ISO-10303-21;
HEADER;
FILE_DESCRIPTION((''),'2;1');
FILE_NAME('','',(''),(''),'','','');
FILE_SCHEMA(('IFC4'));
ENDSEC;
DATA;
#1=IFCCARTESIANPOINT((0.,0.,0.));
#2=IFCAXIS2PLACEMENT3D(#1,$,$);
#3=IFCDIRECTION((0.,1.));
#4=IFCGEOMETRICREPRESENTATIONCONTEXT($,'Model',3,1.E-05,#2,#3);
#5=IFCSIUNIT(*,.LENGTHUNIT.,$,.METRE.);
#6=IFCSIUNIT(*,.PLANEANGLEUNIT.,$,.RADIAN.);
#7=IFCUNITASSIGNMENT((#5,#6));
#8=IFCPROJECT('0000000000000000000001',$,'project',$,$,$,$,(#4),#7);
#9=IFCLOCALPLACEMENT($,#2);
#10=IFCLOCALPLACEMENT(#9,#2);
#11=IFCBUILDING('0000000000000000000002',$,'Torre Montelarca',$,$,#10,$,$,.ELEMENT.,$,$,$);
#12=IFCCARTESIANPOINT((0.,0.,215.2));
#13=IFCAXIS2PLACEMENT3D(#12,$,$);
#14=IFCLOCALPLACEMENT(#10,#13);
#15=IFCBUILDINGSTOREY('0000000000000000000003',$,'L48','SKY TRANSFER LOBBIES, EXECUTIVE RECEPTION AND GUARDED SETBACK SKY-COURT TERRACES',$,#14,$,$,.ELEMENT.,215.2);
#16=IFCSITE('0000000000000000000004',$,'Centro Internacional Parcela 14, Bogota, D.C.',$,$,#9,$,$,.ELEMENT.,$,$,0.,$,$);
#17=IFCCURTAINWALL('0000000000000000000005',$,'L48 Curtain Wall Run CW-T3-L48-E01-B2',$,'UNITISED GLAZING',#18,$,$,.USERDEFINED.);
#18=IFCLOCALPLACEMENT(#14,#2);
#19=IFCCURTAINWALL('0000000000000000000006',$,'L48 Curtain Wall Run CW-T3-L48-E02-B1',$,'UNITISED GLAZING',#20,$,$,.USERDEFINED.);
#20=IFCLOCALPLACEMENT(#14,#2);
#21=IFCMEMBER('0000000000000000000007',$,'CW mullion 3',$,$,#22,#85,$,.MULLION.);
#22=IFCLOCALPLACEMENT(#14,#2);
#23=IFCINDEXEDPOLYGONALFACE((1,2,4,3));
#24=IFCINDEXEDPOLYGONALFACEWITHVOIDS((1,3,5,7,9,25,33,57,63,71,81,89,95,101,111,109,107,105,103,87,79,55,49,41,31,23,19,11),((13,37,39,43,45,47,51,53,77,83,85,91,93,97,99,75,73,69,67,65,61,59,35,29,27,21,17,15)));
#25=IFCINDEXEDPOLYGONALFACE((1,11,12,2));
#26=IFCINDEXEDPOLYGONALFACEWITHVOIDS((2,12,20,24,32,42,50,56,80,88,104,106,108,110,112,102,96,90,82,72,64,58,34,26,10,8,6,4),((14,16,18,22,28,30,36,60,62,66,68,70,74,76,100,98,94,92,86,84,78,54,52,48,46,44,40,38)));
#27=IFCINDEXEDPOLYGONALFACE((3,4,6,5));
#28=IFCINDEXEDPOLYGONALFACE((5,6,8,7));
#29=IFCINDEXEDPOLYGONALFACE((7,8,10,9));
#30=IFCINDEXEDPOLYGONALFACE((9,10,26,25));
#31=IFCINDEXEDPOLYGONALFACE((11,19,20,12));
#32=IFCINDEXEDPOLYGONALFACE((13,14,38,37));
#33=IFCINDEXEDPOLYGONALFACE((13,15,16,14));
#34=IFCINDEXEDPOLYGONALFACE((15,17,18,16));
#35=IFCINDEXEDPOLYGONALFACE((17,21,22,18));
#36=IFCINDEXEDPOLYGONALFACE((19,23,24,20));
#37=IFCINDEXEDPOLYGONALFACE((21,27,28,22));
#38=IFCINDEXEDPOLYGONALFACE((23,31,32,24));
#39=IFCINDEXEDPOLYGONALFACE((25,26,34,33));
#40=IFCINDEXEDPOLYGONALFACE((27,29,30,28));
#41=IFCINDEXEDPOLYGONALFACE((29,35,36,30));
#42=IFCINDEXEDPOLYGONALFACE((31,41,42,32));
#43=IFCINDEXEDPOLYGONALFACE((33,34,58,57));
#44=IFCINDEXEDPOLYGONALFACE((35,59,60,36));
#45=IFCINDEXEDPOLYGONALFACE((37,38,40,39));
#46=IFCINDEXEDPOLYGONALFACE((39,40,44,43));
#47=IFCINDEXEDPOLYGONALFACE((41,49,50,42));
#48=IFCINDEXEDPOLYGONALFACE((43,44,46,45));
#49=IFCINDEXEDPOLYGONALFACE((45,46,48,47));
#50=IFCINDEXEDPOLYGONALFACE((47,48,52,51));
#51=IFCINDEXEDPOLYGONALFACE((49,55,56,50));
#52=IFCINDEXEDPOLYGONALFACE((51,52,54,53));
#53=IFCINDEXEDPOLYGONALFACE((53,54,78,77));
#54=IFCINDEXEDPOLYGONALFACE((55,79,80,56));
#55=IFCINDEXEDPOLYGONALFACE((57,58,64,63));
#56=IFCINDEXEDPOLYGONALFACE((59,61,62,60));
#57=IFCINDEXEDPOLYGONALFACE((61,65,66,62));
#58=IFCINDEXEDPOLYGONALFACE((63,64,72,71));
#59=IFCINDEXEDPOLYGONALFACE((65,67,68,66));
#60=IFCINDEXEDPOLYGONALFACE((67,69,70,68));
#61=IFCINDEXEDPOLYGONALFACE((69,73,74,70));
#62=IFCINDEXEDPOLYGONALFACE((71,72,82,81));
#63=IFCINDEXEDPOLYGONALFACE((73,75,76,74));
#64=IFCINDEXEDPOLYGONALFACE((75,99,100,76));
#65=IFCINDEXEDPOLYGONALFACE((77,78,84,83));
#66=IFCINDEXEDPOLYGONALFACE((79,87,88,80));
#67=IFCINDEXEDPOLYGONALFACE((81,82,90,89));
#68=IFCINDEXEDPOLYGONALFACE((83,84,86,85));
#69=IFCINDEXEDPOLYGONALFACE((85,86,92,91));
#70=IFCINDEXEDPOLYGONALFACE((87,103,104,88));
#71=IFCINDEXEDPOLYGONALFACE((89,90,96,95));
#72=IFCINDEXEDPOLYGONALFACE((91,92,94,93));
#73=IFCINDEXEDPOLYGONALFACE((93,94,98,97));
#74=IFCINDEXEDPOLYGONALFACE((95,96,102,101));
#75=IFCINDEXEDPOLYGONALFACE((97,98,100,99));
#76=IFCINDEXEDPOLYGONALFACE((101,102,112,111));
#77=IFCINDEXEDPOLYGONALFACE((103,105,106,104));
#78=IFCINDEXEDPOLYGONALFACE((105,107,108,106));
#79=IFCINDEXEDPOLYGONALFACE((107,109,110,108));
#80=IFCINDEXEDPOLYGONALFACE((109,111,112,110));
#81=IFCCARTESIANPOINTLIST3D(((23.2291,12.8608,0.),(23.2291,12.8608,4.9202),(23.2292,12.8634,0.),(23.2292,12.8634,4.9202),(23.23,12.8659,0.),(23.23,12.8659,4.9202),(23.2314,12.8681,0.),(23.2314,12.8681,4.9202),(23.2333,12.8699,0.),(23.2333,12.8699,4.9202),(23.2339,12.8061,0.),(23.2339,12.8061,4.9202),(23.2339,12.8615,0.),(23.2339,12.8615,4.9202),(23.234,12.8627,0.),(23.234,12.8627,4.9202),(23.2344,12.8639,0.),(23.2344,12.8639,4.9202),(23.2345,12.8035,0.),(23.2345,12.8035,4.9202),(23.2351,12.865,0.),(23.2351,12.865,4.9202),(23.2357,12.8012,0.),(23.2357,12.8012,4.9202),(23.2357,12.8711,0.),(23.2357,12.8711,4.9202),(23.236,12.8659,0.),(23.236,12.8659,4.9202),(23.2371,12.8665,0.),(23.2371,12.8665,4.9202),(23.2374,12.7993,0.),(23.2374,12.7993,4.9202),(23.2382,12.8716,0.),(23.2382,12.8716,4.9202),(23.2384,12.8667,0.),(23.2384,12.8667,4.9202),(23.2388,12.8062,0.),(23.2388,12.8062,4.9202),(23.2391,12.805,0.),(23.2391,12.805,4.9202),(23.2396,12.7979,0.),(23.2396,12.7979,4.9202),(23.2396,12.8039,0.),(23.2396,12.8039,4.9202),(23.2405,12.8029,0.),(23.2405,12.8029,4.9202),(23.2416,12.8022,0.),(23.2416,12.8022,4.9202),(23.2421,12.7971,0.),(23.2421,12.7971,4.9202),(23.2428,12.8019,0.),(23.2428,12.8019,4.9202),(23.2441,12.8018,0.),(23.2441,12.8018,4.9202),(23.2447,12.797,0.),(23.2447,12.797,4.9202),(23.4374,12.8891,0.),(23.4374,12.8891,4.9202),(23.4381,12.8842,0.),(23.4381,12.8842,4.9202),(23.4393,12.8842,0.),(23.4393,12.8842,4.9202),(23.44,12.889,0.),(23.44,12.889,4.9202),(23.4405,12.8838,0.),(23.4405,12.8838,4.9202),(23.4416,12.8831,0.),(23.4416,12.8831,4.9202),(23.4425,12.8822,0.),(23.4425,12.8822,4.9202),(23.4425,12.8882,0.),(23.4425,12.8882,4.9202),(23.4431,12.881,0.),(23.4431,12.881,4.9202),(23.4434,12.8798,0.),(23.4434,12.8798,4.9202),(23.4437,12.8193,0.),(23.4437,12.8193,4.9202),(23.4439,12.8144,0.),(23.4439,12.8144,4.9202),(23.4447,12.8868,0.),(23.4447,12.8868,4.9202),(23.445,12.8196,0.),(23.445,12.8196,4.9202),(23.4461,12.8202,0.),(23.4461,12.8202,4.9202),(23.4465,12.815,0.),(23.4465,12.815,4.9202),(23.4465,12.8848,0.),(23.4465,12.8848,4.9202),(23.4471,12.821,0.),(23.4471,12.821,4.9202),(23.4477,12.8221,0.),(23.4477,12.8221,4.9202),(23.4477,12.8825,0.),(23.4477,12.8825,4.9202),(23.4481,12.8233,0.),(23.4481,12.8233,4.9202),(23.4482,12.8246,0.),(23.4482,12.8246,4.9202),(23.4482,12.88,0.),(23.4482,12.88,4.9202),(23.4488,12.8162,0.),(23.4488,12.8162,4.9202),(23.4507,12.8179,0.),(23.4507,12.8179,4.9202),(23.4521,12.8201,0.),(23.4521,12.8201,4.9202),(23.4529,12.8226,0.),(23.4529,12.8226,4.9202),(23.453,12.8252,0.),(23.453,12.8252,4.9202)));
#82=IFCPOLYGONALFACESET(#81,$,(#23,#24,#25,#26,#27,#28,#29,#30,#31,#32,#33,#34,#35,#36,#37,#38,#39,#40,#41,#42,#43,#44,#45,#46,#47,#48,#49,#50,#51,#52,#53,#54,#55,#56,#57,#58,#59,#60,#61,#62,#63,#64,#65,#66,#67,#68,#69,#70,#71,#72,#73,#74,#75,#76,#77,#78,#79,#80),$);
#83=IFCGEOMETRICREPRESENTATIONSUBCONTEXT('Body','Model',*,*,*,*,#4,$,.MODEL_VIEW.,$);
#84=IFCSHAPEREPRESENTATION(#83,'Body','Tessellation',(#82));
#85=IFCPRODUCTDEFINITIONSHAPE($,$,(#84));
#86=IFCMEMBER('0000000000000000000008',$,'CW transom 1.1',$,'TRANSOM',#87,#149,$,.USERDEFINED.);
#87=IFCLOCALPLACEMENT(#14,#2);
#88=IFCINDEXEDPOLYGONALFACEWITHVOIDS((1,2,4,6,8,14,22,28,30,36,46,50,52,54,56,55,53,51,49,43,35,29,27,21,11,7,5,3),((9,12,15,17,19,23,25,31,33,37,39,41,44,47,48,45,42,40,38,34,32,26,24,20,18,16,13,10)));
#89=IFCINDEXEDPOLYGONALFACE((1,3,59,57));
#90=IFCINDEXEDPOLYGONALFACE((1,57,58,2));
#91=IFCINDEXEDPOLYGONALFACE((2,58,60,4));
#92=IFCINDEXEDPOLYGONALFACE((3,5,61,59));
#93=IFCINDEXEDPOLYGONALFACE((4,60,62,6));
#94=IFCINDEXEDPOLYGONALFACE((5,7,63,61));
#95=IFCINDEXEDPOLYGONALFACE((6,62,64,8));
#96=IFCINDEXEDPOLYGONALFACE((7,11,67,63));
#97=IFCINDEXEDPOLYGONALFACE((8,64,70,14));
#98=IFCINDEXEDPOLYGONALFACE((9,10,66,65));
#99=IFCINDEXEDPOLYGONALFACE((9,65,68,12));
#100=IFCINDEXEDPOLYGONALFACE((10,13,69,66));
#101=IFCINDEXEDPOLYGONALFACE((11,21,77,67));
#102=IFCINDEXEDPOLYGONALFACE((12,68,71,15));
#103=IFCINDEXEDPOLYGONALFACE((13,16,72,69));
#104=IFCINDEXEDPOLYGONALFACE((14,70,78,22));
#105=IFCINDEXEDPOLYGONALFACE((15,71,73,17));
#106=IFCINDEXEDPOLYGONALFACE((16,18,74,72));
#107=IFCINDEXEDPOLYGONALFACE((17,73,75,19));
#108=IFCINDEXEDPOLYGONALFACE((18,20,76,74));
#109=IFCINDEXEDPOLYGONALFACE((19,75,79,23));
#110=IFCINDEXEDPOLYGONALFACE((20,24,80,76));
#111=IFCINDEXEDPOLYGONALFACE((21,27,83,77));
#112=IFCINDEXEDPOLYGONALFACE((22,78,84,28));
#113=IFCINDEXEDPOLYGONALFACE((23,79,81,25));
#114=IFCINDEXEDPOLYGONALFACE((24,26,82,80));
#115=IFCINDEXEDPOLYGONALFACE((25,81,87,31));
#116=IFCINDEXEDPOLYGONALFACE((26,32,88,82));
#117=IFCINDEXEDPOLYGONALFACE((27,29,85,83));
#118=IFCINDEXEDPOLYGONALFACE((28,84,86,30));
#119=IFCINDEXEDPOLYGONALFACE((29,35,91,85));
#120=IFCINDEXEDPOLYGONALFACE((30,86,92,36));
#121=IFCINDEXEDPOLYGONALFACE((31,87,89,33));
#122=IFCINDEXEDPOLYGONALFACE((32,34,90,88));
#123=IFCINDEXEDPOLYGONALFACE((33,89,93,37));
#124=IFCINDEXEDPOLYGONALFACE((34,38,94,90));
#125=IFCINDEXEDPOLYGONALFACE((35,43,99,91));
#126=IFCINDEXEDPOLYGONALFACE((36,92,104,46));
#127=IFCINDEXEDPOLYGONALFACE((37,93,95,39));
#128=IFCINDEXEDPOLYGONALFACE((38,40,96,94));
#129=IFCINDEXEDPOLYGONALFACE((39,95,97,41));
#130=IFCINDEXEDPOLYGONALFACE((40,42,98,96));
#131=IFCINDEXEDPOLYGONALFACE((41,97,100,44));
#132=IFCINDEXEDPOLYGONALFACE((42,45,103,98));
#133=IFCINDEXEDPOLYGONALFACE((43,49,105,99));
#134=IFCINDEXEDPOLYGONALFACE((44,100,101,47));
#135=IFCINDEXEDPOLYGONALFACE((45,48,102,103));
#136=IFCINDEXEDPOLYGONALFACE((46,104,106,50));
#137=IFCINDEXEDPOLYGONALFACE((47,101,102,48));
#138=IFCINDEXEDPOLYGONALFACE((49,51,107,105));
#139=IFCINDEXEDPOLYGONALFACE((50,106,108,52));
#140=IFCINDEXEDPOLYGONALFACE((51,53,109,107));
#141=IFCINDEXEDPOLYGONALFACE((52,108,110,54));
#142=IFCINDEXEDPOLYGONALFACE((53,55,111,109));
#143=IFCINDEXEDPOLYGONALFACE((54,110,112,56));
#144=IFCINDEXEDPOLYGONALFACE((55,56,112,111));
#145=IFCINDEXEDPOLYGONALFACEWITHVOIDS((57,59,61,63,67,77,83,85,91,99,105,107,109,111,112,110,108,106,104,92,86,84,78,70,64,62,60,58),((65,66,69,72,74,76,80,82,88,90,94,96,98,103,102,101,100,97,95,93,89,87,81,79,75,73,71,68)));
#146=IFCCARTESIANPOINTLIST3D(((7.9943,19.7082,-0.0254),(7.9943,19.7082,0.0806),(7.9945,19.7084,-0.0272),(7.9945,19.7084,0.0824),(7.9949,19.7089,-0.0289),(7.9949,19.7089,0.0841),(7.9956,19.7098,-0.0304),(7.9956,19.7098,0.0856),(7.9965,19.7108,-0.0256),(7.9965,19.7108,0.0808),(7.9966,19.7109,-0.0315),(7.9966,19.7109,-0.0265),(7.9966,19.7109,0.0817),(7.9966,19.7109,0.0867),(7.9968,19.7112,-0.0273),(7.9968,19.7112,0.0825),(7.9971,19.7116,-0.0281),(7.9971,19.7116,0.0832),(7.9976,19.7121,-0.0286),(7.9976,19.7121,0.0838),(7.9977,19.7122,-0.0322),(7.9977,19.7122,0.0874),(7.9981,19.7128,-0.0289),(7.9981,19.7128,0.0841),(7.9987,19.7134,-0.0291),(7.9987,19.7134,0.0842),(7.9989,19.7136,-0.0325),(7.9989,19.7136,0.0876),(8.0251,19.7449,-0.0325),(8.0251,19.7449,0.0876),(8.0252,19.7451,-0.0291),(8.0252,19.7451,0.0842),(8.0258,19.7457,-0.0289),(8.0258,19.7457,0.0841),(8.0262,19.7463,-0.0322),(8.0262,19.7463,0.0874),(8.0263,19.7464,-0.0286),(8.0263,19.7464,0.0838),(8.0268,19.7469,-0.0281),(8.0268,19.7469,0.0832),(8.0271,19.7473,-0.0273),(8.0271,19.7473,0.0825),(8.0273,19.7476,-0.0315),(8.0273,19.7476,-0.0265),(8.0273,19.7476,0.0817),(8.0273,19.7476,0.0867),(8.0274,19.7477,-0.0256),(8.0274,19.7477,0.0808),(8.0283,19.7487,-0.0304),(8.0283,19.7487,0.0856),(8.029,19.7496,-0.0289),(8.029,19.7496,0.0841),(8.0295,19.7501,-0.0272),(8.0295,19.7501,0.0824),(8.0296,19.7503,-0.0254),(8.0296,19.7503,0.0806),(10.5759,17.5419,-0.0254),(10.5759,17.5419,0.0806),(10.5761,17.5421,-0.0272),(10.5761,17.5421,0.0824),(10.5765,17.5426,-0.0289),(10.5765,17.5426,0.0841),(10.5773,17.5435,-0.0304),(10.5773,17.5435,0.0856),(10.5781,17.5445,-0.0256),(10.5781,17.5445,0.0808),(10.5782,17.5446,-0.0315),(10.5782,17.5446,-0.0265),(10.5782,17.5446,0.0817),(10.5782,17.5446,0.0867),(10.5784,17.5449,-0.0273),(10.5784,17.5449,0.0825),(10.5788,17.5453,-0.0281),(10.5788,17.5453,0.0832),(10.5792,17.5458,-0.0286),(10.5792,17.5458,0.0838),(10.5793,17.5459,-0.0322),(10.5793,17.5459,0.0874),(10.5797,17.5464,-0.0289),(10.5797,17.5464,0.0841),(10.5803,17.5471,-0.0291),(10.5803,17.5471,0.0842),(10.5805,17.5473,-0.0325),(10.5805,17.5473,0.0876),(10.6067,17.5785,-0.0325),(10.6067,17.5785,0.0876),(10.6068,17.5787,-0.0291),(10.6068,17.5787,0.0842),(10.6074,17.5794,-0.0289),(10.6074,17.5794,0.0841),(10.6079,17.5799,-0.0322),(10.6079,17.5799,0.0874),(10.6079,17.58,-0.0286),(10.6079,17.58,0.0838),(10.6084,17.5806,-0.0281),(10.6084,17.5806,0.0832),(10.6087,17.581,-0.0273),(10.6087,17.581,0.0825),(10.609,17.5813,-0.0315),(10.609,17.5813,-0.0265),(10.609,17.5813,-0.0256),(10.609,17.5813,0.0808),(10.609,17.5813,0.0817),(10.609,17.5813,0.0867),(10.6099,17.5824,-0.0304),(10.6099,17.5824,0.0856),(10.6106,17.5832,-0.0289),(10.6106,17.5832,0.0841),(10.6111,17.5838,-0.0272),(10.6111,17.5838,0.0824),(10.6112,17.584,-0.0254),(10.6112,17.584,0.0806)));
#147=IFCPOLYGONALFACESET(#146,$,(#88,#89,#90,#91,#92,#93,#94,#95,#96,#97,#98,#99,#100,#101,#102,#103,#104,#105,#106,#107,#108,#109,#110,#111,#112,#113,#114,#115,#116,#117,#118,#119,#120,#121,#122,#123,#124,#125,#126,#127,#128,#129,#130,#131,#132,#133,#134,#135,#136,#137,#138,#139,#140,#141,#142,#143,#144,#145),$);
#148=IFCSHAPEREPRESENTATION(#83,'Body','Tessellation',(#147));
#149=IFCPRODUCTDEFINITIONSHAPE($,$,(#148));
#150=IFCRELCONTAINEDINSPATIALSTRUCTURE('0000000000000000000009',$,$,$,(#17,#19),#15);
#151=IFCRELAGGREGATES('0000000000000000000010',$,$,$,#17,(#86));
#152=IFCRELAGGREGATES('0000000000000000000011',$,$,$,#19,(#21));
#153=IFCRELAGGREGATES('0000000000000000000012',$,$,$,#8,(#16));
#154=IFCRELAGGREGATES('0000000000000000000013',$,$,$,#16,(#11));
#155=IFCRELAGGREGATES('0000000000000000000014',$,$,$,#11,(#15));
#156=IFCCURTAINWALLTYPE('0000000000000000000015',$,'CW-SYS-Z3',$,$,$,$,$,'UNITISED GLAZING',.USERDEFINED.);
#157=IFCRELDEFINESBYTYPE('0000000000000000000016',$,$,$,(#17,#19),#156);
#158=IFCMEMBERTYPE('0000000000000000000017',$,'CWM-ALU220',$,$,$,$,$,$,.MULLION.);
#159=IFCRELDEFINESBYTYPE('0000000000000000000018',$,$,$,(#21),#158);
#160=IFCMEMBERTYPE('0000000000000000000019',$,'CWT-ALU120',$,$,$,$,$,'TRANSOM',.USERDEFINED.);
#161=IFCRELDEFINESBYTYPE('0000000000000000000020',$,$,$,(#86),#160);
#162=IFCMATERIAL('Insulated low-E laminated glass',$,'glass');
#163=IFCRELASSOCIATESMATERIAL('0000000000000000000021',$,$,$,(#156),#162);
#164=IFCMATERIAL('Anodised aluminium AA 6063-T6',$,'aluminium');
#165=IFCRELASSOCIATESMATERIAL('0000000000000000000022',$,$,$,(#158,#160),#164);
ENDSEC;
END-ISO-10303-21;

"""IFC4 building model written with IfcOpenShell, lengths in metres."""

from ifc_helpers import new_model, si_unit, direction, frame, origin, origin_2d, place, context, subcontext, project, spatial, hollow_rectangle, extrude, source, transform, mapped, material, material_profile, profile_set, type_object, element, aggregate, save


model = new_model("IFC4")

# Units and contexts
model_context = context("Model", 3, precision=1e-05, world=origin(), true_north=direction((0.0, 1.0)))
body_context = subcontext(model_context, "Body", "Model", "MODEL_VIEW")
ifc_project = project(units=[si_unit("LENGTHUNIT", "METRE"), si_unit("PLANEANGLEUNIT", "RADIAN")], contexts=[model_context])

# Site, building, storey
site_placement = place(None, origin())
site = spatial("IfcSite", under=ifc_project, at=site_placement, Name="Centro Internacional Parcela 14, Bogota, D.C.", CompositionType="ELEMENT", RefElevation=0.0)
building_placement = place(site_placement, origin())
building = spatial("IfcBuilding", under=site, at=building_placement, Name="Torre Montelarca", CompositionType="ELEMENT")
storey_placement = place(building_placement, frame((0.0, 0.0, 215.2)))
storey = spatial("IfcBuildingStorey", under=building, at=storey_placement, Name="L48", Description="SKY TRANSFER LOBBIES, EXECUTIVE RECEPTION AND GUARDED SETBACK SKY-COURT TERRACES", CompositionType="ELEMENT", Elevation=215.2)

# Curtain walls, member
ifc_material_1 = material(Name="Insulated low-E laminated glass", Category="glass")
curtain_wall_type = type_object("IfcCurtainWallType", Name="CW-SYS-Z3", ElementType="UNITISED GLAZING", PredefinedType="USERDEFINED", material=ifc_material_1)
curtain_wall_1_placement = place(storey_placement, origin())
curtain_wall_1 = element("IfcCurtainWall", 1, at=curtain_wall_1_placement, inside=storey, type_object=curtain_wall_type, Name="L48 Curtain Wall Run CW-T3-L48-E01-B2", ObjectType="UNITISED GLAZING", PredefinedType="USERDEFINED")
ifc_material_2 = material(Name="Anodised aluminium AA 6063-T6", Category="aluminium")
ifc_material_profile_1 = material_profile(ifc_material_2, hollow_rectangle(XDim=0.075, YDim=0.22, WallThickness=0.0049, InnerFilletRadius=0.0049, OuterFilletRadius=0.01, at=origin_2d()), Name="ALU75X220X5", Category="aluminium")
ifc_profile_set_1 = profile_set([ifc_material_profile_1], Name="Anodised aluminium AA 6063-T6")
member_type_1 = type_object("IfcMemberType", Name="CWM-ALU220", PredefinedType="MULLION", material=ifc_profile_set_1)
shared_shape_1 = source(origin(), body_context, "Body", "SweptSolid", [
    extrude(hollow_rectangle(XDim=0.075, YDim=0.22, WallThickness=0.0049, InnerFilletRadius=0.0049, OuterFilletRadius=0.01, at=origin_2d()), origin(), (0.0, 0.0, 1.0), 4.9202),
])
curtain_wall_2_placement = place(storey_placement, origin())
curtain_wall_2 = element("IfcCurtainWall", 2, at=curtain_wall_2_placement, inside=storey, type_object=curtain_wall_type, Name="L48 Curtain Wall Run CW-T3-L48-E02-B1", ObjectType="UNITISED GLAZING", PredefinedType="USERDEFINED")
member_1_placement = place(storey_placement, frame((23.3411, 12.843, 0.0), z_axis=(0.0, 0.0, 1.0), x_axis=(-0.087189, 0.996192, 0.0)))
member_1 = element("IfcMember", 3, at=member_1_placement, type_object=member_type_1, Name="CW mullion 3", PredefinedType="MULLION", context=body_context, shape_type="MappedRepresentation", body=[
    mapped(shared_shape_1, transform((0.0, 0.0, 0.0), scale=1.0)),
])

# Member
ifc_material_profile_2 = material_profile(ifc_material_2, hollow_rectangle(XDim=0.0549, YDim=0.1201, WallThickness=0.0034, InnerFilletRadius=0.0034, OuterFilletRadius=0.0071, at=origin_2d()), Name="ALU55X120X3.5", Category="aluminium")
ifc_profile_set_2 = profile_set([ifc_material_profile_2], Name="Anodised aluminium AA 6063-T6")
member_type_2 = type_object("IfcMemberType", Name="CWT-ALU120", ElementType="TRANSOM", PredefinedType="USERDEFINED", material=ifc_profile_set_2)
shared_shape_2 = source(origin(), body_context, "Body", "SweptSolid", [
    extrude(hollow_rectangle(XDim=0.0549, YDim=0.1201, WallThickness=0.0034, InnerFilletRadius=0.0034, OuterFilletRadius=0.0071, at=origin_2d()), origin(), (0.0, 0.0, 1.0), 3.3701),
])
member_2_placement = place(storey_placement, frame((8.012, 19.7292, 0.0276), z_axis=(0.766032, -0.642803, 0.0), x_axis=(0.642803, 0.766032, 0.0)))
member_2 = element("IfcMember", 4, at=member_2_placement, type_object=member_type_2, Name="CW transom 1.1", ObjectType="TRANSOM", PredefinedType="USERDEFINED", context=body_context, shape_type="MappedRepresentation", body=[
    mapped(shared_shape_2, transform((0.0, 0.0, 0.0), scale=1.0)),
])

aggregate(curtain_wall_1, [member_2])
aggregate(curtain_wall_2, [member_1])

save(model, "model.ifc")
